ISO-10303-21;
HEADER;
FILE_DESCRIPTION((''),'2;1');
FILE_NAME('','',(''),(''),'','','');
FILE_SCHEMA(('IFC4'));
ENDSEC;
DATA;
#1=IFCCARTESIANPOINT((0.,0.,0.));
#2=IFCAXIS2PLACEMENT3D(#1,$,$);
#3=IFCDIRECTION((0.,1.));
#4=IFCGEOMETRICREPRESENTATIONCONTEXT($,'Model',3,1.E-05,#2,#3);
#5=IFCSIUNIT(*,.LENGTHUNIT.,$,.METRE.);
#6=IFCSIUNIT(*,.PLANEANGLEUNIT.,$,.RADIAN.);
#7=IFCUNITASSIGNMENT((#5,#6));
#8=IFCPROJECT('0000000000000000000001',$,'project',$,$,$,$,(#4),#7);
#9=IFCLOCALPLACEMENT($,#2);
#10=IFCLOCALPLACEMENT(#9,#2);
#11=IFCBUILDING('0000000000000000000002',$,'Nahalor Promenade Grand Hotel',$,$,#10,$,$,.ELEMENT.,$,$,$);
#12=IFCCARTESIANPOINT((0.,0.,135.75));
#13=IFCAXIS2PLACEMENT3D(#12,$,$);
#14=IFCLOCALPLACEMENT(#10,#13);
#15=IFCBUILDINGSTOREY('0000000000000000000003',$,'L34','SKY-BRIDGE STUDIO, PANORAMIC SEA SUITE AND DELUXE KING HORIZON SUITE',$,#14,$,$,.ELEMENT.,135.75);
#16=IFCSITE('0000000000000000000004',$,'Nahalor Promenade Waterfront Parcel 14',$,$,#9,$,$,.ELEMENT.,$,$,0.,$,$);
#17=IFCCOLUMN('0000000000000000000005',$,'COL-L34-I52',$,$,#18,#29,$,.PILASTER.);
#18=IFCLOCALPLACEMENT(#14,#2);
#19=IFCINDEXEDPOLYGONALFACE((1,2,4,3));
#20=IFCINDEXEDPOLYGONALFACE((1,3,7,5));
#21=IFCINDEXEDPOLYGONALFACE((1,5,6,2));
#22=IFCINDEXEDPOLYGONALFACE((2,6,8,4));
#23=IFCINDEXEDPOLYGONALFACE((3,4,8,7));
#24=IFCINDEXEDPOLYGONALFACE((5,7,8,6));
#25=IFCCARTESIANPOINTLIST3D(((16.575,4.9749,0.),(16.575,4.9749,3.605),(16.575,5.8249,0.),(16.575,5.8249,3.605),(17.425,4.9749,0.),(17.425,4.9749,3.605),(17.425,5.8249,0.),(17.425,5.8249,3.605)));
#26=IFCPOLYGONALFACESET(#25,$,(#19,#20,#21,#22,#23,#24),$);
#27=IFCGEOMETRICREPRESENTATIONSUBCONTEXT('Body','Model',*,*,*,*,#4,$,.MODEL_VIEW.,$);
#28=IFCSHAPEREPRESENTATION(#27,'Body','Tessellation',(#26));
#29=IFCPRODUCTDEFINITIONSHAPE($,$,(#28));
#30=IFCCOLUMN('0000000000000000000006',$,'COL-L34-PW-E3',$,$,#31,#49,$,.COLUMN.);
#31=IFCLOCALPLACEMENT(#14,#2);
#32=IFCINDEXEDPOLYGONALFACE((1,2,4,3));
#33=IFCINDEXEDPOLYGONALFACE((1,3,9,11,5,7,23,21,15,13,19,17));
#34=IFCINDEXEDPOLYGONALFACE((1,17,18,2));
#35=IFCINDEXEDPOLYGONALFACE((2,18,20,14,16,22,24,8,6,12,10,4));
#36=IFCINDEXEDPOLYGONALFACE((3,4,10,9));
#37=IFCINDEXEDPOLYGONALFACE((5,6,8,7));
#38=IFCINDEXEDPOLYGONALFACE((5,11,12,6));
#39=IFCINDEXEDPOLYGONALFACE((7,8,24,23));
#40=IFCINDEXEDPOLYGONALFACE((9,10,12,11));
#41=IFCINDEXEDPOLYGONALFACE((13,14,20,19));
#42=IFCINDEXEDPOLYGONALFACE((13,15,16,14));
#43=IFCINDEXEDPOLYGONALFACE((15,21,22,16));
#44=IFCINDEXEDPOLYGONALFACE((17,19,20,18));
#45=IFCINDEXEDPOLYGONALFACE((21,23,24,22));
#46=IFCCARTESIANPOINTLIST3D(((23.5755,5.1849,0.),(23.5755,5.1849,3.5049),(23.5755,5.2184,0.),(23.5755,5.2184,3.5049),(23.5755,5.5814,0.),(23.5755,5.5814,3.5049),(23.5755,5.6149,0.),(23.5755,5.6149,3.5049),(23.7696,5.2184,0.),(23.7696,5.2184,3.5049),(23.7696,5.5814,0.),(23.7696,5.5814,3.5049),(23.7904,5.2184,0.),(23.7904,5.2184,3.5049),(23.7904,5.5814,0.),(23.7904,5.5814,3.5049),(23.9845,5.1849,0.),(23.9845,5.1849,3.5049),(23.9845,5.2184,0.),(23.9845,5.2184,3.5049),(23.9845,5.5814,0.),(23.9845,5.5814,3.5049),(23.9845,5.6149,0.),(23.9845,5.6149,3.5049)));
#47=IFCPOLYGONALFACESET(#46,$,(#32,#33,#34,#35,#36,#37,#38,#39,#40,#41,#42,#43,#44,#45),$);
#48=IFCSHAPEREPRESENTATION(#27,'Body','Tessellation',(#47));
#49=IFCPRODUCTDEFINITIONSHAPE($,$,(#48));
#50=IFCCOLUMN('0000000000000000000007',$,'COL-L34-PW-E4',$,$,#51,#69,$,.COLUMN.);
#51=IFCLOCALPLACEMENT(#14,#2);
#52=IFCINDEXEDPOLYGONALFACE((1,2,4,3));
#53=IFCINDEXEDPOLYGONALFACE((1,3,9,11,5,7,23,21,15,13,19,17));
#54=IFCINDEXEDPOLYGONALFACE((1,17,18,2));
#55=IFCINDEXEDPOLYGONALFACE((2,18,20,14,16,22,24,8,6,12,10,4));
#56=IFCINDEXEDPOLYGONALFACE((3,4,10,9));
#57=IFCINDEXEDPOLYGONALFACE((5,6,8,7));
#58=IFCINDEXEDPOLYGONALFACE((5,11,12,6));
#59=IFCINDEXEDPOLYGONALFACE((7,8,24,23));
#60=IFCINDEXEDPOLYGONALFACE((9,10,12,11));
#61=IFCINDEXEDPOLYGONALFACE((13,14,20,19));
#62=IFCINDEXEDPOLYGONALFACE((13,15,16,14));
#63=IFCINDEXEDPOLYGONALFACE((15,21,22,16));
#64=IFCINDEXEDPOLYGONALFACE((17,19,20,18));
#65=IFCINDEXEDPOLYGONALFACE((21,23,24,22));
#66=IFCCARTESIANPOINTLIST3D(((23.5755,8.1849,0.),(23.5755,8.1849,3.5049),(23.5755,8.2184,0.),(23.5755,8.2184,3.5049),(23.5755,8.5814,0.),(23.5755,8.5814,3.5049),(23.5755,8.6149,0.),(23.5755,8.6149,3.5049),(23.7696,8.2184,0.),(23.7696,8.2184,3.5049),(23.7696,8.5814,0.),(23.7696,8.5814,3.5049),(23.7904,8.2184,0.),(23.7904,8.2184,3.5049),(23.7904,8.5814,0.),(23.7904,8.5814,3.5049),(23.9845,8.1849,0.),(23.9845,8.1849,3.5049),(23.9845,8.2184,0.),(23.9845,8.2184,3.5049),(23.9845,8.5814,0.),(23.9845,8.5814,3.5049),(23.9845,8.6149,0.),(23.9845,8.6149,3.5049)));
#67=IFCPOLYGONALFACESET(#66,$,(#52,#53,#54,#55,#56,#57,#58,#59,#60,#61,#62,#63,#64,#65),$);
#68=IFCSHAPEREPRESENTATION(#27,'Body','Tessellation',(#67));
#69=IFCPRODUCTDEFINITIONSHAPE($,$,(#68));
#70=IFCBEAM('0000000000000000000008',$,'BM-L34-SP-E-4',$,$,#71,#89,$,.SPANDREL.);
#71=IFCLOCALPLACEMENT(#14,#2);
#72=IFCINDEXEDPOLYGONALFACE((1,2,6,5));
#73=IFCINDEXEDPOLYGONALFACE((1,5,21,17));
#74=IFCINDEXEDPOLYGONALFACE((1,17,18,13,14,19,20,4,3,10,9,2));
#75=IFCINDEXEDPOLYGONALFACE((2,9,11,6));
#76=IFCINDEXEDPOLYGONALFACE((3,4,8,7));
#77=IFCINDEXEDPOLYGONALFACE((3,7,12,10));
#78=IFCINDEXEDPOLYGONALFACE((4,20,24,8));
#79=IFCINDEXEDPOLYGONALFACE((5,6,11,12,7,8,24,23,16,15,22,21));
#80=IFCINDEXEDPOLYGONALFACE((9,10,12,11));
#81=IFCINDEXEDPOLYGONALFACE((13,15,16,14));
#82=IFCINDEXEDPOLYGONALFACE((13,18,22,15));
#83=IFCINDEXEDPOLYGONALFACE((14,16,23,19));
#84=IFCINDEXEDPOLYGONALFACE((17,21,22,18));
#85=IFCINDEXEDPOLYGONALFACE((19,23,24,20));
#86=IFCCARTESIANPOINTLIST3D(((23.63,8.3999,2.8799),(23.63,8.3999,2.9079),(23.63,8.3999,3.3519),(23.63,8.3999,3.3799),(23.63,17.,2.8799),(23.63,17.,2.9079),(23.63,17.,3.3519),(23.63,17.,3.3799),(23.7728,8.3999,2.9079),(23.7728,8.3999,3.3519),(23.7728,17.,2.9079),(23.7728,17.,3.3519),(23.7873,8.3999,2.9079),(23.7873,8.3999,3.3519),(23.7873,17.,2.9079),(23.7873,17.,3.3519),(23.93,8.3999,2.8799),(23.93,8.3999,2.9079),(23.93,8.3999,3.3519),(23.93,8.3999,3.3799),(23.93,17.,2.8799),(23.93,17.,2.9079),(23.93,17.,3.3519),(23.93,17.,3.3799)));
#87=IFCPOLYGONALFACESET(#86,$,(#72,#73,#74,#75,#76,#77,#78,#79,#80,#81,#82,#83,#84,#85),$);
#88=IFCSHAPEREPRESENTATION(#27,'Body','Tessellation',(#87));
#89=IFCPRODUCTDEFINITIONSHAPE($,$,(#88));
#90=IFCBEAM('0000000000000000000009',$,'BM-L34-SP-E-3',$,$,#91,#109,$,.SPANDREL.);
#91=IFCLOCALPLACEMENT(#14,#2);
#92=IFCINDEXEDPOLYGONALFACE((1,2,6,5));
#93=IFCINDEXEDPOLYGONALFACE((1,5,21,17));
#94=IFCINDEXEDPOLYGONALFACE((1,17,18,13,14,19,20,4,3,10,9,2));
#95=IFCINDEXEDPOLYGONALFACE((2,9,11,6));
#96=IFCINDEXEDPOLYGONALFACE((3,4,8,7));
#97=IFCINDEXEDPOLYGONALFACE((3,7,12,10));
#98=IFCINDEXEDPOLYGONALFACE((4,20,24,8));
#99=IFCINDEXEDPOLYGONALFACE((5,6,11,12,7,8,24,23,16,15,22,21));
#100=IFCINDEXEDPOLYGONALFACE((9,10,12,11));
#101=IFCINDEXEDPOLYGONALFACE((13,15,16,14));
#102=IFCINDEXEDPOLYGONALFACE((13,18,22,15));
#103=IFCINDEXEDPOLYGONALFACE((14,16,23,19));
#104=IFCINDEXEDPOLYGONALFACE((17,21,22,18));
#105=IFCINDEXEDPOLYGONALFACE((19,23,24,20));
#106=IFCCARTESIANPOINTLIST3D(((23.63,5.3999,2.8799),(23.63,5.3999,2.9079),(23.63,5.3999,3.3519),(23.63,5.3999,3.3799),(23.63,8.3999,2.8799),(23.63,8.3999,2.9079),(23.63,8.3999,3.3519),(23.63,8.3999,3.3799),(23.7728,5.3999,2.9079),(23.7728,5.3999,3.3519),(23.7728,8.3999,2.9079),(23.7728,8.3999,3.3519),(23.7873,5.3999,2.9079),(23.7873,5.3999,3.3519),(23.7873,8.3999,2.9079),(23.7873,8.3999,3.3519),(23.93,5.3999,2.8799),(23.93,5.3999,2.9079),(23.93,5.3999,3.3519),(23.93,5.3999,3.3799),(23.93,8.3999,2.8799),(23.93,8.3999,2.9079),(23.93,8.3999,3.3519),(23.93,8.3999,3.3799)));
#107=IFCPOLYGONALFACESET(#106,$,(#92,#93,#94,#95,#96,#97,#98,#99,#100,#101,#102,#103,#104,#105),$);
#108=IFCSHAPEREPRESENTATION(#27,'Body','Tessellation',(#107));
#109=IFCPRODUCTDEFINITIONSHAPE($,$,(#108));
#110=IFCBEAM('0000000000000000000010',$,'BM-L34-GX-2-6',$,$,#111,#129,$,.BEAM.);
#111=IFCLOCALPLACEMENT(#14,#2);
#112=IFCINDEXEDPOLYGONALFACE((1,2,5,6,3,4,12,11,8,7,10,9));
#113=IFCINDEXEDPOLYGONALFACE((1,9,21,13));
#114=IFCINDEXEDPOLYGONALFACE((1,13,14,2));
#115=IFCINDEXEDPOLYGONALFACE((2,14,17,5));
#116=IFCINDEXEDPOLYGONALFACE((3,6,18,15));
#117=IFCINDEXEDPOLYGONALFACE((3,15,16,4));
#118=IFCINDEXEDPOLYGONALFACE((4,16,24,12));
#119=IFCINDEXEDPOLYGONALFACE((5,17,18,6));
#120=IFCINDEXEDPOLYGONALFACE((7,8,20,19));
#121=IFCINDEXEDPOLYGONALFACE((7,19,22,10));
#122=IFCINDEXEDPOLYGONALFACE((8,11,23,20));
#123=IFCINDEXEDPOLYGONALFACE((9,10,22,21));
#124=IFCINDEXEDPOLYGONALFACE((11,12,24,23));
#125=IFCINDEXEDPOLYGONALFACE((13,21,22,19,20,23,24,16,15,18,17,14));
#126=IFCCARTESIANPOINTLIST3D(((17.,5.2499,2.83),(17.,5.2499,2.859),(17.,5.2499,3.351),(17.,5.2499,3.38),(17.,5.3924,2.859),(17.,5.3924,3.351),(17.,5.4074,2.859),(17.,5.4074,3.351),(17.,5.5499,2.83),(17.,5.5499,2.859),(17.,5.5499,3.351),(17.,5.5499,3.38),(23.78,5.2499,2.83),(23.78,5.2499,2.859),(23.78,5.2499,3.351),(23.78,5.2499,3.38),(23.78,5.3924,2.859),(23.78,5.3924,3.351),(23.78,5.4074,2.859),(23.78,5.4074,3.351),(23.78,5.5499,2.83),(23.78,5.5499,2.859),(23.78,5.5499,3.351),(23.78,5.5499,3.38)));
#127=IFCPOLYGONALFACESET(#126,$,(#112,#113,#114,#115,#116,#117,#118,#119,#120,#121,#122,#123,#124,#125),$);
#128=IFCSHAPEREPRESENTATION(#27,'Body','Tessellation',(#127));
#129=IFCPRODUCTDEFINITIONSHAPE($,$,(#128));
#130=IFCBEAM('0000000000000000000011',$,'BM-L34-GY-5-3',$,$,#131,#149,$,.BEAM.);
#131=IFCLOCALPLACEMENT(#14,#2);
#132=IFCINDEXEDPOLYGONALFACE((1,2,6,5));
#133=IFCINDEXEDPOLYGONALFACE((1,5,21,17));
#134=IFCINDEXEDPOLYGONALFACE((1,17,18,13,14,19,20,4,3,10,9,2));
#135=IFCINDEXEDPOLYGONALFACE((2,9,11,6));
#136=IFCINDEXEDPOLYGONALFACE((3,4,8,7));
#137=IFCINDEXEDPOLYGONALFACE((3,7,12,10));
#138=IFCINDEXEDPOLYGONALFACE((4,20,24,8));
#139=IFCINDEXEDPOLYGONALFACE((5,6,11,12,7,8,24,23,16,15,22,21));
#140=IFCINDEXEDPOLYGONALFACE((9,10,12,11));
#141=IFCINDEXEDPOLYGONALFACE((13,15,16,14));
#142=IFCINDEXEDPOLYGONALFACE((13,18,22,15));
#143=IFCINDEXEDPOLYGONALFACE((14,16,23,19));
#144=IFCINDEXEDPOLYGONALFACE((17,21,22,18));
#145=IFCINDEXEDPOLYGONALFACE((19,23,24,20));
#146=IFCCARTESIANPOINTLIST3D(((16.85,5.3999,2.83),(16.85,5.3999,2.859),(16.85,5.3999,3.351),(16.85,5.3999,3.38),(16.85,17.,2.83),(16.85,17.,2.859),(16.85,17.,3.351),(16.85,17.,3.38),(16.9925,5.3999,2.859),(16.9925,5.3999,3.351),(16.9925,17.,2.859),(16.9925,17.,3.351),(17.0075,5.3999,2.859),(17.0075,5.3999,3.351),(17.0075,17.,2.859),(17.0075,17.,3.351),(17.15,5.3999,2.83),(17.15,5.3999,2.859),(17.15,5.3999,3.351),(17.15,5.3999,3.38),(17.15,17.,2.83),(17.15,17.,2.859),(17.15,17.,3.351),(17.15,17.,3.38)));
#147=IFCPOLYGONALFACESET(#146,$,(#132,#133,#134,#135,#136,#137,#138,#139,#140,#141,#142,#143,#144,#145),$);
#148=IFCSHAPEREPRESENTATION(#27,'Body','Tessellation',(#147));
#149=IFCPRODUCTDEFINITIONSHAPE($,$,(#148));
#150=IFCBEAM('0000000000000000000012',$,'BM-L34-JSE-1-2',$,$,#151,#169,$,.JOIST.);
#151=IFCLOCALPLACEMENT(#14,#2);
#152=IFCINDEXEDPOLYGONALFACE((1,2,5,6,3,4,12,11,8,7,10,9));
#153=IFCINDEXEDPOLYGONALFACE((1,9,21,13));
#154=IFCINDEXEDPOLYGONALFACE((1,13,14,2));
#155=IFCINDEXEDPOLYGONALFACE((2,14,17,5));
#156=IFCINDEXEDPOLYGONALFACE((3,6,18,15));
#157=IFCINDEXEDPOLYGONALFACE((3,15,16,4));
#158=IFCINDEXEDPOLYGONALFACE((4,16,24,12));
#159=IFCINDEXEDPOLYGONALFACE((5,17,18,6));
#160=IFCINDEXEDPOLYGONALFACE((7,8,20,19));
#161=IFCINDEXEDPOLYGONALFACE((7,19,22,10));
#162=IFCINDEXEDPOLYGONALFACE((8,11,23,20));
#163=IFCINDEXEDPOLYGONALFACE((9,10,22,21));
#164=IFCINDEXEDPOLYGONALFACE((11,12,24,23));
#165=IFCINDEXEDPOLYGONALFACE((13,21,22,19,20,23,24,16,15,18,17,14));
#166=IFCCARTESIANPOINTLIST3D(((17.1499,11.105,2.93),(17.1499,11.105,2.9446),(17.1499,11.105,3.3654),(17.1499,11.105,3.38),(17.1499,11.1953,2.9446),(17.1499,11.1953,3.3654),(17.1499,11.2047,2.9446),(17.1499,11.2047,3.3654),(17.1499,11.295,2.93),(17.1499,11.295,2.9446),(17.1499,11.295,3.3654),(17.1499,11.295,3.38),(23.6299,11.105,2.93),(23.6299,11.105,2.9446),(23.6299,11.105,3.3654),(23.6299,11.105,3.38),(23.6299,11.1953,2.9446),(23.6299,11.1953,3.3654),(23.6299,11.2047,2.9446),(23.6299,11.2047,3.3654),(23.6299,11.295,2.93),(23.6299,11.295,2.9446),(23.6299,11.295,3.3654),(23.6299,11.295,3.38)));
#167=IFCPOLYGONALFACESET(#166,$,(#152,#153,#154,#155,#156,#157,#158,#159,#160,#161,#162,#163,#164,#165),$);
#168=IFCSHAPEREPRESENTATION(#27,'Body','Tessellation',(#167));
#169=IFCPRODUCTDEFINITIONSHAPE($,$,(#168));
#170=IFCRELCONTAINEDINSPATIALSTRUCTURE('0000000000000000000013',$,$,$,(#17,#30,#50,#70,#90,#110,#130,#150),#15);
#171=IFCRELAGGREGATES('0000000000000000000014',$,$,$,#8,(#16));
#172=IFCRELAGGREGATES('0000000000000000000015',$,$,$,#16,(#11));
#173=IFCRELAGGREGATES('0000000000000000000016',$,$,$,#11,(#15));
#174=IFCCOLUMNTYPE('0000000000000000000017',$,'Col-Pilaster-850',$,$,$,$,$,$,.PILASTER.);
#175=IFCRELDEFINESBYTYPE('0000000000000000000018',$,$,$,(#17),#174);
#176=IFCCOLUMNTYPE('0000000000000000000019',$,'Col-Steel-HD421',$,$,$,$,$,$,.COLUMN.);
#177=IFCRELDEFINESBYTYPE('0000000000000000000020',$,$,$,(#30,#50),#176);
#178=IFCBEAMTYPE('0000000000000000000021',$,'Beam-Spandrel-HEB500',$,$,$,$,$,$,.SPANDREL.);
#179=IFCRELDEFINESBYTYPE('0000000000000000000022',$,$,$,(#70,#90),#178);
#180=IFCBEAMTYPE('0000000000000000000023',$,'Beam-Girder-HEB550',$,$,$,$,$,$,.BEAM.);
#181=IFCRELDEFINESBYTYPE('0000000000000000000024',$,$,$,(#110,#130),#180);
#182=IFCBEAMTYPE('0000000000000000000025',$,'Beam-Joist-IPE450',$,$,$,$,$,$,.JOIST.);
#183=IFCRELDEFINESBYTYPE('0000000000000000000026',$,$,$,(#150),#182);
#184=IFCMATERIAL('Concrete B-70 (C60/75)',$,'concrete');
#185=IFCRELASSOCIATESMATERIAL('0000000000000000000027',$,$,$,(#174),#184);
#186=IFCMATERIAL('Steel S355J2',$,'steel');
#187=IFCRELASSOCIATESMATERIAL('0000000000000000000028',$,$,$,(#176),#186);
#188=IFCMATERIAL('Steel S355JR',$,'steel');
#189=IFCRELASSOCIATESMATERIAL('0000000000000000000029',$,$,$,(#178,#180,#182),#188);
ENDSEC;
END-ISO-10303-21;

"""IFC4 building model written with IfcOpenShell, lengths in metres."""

from ifc_helpers import new_model, si_unit, direction, frame, origin, origin_2d, place, context, subcontext, project, spatial, rectangle, i_section, extrude, source, transform, mapped, material, material_profile, profile_set, type_object, element, save


model = new_model("IFC4")

# Units and contexts
model_context = context("Model", 3, precision=1e-05, world=origin(), true_north=direction((0.0, 1.0)))
body_context = subcontext(model_context, "Body", "Model", "MODEL_VIEW")
ifc_project = project(units=[si_unit("LENGTHUNIT", "METRE"), si_unit("PLANEANGLEUNIT", "RADIAN")], contexts=[model_context])

# Site, building, storey
site_placement = place(None, origin())
site = spatial("IfcSite", under=ifc_project, at=site_placement, Name="Nahalor Promenade Waterfront Parcel 14", CompositionType="ELEMENT", RefElevation=0.0)
building_placement = place(site_placement, origin())
building = spatial("IfcBuilding", under=site, at=building_placement, Name="Nahalor Promenade Grand Hotel", CompositionType="ELEMENT")
storey_placement = place(building_placement, frame((0.0, 0.0, 135.75)))
storey = spatial("IfcBuildingStorey", under=building, at=storey_placement, Name="L34", Description="SKY-BRIDGE STUDIO, PANORAMIC SEA SUITE AND DELUXE KING HORIZON SUITE", CompositionType="ELEMENT", Elevation=135.75)

# Columns
ifc_material_1 = material(Name="Concrete B-70 (C60/75)", Category="concrete")
ifc_material_profile_1 = material_profile(ifc_material_1, rectangle(XDim=0.85, YDim=0.85, at=origin_2d()), Name="RC 850x850")
ifc_profile_set_1 = profile_set([ifc_material_profile_1], Name="Concrete B-70 (C60/75)")
column_type_1 = type_object("IfcColumnType", Name="Col-Pilaster-850", PredefinedType="PILASTER", material=ifc_profile_set_1)
shared_shape_1 = source(origin(), body_context, "Body", "SweptSolid", [
    extrude(rectangle(XDim=0.85, YDim=0.85, at=origin_2d()), origin(), (0.0, 0.0, 1.0), 3.605),
])
column_placement = place(storey_placement, frame((17.0, 5.3999, 0.0), z_axis=(0.0, 0.0, 1.0), x_axis=(1.0, 0.0, 0.0)))
element("IfcColumn", 1, at=column_placement, inside=storey, type_object=column_type_1, Name="COL-L34-I52", PredefinedType="PILASTER", context=body_context, shape_type="MappedRepresentation", body=[
    mapped(shared_shape_1, transform((0.0, 0.0, 0.0), scale=1.0)),
])
ifc_material_2 = material(Name="Steel S355J2", Category="steel")
ifc_material_profile_2 = material_profile(ifc_material_2, i_section(OverallWidth=0.409, OverallDepth=0.43, WebThickness=0.0208, FlangeThickness=0.0335, at=origin_2d()), Name="HD 400x421")
ifc_profile_set_2 = profile_set([ifc_material_profile_2], Name="Steel S355J2")
column_type_2 = type_object("IfcColumnType", Name="Col-Steel-HD421", PredefinedType="COLUMN", material=ifc_profile_set_2)
shared_shape_2 = source(origin(), body_context, "Body", "SweptSolid", [
    extrude(i_section(OverallWidth=0.409, OverallDepth=0.43, WebThickness=0.0208, FlangeThickness=0.0335, at=origin_2d()), origin(), (0.0, 0.0, 1.0), 3.5049),
])
for number, where, z_axis, x_axis, name in (
    (2, (23.78, 5.3999, 0.0), (0.0, 0.0, 1.0), (1.0, 0.0, 0.0), "COL-L34-PW-E3"),
    (3, (23.78, 8.3999, 0.0), (0.0, 0.0, 1.0), (1.0, 0.0, 0.0), "COL-L34-PW-E4"),
):
    element("IfcColumn", number, at=place(storey_placement, frame(where, z_axis=z_axis, x_axis=x_axis)), inside=storey, type_object=column_type_2, Name=name, PredefinedType="COLUMN", context=body_context, shape_type="MappedRepresentation", body=[
        mapped(shared_shape_2, transform((0.0, 0.0, 0.0), scale=1.0)),
    ])

# Beams
ifc_material_3 = material(Name="Steel S355JR", Category="steel")
ifc_material_profile_3 = material_profile(ifc_material_3, i_section(OverallWidth=0.3, OverallDepth=0.5, WebThickness=0.0145, FlangeThickness=0.028, at=origin_2d()), Name="HEB 500")
ifc_profile_set_3 = profile_set([ifc_material_profile_3], Name="Steel S355JR")
beam_type_1 = type_object("IfcBeamType", Name="Beam-Spandrel-HEB500", PredefinedType="SPANDREL", material=ifc_profile_set_3)
shared_shape_3 = source(origin(), body_context, "Body", "SweptSolid", [
    extrude(i_section(OverallWidth=0.3, OverallDepth=0.5, WebThickness=0.0145, FlangeThickness=0.028, at=origin_2d()), origin(), (0.0, 0.0, 1.0), 8.6001),
])
beam_1_placement = place(storey_placement, frame((23.78, 8.3999, 3.1299), z_axis=(0.0, 1.0, 0.0), x_axis=(-1.0, 0.0, 0.0)))
element("IfcBeam", 4, at=beam_1_placement, inside=storey, type_object=beam_type_1, Name="BM-L34-SP-E-4", PredefinedType="SPANDREL", context=body_context, shape_type="MappedRepresentation", body=[
    mapped(shared_shape_3, transform((0.0, 0.0, 0.0), scale=1.0)),
])
shared_shape_4 = source(origin(), body_context, "Body", "SweptSolid", [
    extrude(i_section(OverallWidth=0.3, OverallDepth=0.5, WebThickness=0.0145, FlangeThickness=0.028, at=origin_2d()), origin(), (0.0, 0.0, 1.0), 3.0),
])
beam_2_placement = place(storey_placement, frame((23.78, 5.3999, 3.1299), z_axis=(0.0, 1.0, 0.0), x_axis=(-1.0, 0.0, 0.0)))
element("IfcBeam", 5, at=beam_2_placement, inside=storey, type_object=beam_type_1, Name="BM-L34-SP-E-3", PredefinedType="SPANDREL", context=body_context, shape_type="MappedRepresentation", body=[
    mapped(shared_shape_4, transform((0.0, 0.0, 0.0), scale=1.0)),
])
ifc_material_profile_4 = material_profile(ifc_material_3, i_section(OverallWidth=0.3, OverallDepth=0.55, WebThickness=0.015, FlangeThickness=0.029, at=origin_2d()), Name="HEB 550")
ifc_profile_set_4 = profile_set([ifc_material_profile_4], Name="Steel S355JR")
beam_type_2 = type_object("IfcBeamType", Name="Beam-Girder-HEB550", PredefinedType="BEAM", material=ifc_profile_set_4)
shared_shape_5 = source(origin(), body_context, "Body", "SweptSolid", [
    extrude(i_section(OverallWidth=0.3, OverallDepth=0.55, WebThickness=0.015, FlangeThickness=0.029, at=origin_2d()), origin(), (0.0, 0.0, 1.0), 6.78),
])
beam_3_placement = place(storey_placement, frame((17.0, 5.3999, 3.105), z_axis=(1.0, 0.0, 0.0), x_axis=(0.0, 1.0, 0.0)))
element("IfcBeam", 6, at=beam_3_placement, inside=storey, type_object=beam_type_2, Name="BM-L34-GX-2-6", PredefinedType="BEAM", context=body_context, shape_type="MappedRepresentation", body=[
    mapped(shared_shape_5, transform((0.0, 0.0, 0.0), scale=1.0)),
])
shared_shape_6 = source(origin(), body_context, "Body", "SweptSolid", [
    extrude(i_section(OverallWidth=0.3, OverallDepth=0.55, WebThickness=0.015, FlangeThickness=0.029, at=origin_2d()), origin(), (0.0, 0.0, 1.0), 11.6001),
])
beam_4_placement = place(storey_placement, frame((17.0, 5.3999, 3.105), z_axis=(0.0, 1.0, 0.0), x_axis=(-1.0, 0.0, 0.0)))
element("IfcBeam", 7, at=beam_4_placement, inside=storey, type_object=beam_type_2, Name="BM-L34-GY-5-3", PredefinedType="BEAM", context=body_context, shape_type="MappedRepresentation", body=[
    mapped(shared_shape_6, transform((0.0, 0.0, 0.0), scale=1.0)),
])
ifc_material_profile_5 = material_profile(ifc_material_3, i_section(OverallWidth=0.19, OverallDepth=0.45, WebThickness=0.0094, FlangeThickness=0.0146, at=origin_2d()), Name="IPE 450")
ifc_profile_set_5 = profile_set([ifc_material_profile_5], Name="Steel S355JR")
beam_type_3 = type_object("IfcBeamType", Name="Beam-Joist-IPE450", PredefinedType="JOIST", material=ifc_profile_set_5)
shared_shape_7 = source(origin(), body_context, "Body", "SweptSolid", [
    extrude(i_section(OverallWidth=0.19, OverallDepth=0.45, WebThickness=0.0094, FlangeThickness=0.0146, at=origin_2d()), origin(), (0.0, 0.0, 1.0), 6.48),
])
beam_5_placement = place(storey_placement, frame((17.1499, 11.2, 3.155), z_axis=(1.0, 0.0, 0.0), x_axis=(0.0, 1.0, 0.0)))
element("IfcBeam", 8, at=beam_5_placement, inside=storey, type_object=beam_type_3, Name="BM-L34-JSE-1-2", PredefinedType="JOIST", context=body_context, shape_type="MappedRepresentation", body=[
    mapped(shared_shape_7, transform((0.0, 0.0, 0.0), scale=1.0)),
])

save(model, "model.ifc")
